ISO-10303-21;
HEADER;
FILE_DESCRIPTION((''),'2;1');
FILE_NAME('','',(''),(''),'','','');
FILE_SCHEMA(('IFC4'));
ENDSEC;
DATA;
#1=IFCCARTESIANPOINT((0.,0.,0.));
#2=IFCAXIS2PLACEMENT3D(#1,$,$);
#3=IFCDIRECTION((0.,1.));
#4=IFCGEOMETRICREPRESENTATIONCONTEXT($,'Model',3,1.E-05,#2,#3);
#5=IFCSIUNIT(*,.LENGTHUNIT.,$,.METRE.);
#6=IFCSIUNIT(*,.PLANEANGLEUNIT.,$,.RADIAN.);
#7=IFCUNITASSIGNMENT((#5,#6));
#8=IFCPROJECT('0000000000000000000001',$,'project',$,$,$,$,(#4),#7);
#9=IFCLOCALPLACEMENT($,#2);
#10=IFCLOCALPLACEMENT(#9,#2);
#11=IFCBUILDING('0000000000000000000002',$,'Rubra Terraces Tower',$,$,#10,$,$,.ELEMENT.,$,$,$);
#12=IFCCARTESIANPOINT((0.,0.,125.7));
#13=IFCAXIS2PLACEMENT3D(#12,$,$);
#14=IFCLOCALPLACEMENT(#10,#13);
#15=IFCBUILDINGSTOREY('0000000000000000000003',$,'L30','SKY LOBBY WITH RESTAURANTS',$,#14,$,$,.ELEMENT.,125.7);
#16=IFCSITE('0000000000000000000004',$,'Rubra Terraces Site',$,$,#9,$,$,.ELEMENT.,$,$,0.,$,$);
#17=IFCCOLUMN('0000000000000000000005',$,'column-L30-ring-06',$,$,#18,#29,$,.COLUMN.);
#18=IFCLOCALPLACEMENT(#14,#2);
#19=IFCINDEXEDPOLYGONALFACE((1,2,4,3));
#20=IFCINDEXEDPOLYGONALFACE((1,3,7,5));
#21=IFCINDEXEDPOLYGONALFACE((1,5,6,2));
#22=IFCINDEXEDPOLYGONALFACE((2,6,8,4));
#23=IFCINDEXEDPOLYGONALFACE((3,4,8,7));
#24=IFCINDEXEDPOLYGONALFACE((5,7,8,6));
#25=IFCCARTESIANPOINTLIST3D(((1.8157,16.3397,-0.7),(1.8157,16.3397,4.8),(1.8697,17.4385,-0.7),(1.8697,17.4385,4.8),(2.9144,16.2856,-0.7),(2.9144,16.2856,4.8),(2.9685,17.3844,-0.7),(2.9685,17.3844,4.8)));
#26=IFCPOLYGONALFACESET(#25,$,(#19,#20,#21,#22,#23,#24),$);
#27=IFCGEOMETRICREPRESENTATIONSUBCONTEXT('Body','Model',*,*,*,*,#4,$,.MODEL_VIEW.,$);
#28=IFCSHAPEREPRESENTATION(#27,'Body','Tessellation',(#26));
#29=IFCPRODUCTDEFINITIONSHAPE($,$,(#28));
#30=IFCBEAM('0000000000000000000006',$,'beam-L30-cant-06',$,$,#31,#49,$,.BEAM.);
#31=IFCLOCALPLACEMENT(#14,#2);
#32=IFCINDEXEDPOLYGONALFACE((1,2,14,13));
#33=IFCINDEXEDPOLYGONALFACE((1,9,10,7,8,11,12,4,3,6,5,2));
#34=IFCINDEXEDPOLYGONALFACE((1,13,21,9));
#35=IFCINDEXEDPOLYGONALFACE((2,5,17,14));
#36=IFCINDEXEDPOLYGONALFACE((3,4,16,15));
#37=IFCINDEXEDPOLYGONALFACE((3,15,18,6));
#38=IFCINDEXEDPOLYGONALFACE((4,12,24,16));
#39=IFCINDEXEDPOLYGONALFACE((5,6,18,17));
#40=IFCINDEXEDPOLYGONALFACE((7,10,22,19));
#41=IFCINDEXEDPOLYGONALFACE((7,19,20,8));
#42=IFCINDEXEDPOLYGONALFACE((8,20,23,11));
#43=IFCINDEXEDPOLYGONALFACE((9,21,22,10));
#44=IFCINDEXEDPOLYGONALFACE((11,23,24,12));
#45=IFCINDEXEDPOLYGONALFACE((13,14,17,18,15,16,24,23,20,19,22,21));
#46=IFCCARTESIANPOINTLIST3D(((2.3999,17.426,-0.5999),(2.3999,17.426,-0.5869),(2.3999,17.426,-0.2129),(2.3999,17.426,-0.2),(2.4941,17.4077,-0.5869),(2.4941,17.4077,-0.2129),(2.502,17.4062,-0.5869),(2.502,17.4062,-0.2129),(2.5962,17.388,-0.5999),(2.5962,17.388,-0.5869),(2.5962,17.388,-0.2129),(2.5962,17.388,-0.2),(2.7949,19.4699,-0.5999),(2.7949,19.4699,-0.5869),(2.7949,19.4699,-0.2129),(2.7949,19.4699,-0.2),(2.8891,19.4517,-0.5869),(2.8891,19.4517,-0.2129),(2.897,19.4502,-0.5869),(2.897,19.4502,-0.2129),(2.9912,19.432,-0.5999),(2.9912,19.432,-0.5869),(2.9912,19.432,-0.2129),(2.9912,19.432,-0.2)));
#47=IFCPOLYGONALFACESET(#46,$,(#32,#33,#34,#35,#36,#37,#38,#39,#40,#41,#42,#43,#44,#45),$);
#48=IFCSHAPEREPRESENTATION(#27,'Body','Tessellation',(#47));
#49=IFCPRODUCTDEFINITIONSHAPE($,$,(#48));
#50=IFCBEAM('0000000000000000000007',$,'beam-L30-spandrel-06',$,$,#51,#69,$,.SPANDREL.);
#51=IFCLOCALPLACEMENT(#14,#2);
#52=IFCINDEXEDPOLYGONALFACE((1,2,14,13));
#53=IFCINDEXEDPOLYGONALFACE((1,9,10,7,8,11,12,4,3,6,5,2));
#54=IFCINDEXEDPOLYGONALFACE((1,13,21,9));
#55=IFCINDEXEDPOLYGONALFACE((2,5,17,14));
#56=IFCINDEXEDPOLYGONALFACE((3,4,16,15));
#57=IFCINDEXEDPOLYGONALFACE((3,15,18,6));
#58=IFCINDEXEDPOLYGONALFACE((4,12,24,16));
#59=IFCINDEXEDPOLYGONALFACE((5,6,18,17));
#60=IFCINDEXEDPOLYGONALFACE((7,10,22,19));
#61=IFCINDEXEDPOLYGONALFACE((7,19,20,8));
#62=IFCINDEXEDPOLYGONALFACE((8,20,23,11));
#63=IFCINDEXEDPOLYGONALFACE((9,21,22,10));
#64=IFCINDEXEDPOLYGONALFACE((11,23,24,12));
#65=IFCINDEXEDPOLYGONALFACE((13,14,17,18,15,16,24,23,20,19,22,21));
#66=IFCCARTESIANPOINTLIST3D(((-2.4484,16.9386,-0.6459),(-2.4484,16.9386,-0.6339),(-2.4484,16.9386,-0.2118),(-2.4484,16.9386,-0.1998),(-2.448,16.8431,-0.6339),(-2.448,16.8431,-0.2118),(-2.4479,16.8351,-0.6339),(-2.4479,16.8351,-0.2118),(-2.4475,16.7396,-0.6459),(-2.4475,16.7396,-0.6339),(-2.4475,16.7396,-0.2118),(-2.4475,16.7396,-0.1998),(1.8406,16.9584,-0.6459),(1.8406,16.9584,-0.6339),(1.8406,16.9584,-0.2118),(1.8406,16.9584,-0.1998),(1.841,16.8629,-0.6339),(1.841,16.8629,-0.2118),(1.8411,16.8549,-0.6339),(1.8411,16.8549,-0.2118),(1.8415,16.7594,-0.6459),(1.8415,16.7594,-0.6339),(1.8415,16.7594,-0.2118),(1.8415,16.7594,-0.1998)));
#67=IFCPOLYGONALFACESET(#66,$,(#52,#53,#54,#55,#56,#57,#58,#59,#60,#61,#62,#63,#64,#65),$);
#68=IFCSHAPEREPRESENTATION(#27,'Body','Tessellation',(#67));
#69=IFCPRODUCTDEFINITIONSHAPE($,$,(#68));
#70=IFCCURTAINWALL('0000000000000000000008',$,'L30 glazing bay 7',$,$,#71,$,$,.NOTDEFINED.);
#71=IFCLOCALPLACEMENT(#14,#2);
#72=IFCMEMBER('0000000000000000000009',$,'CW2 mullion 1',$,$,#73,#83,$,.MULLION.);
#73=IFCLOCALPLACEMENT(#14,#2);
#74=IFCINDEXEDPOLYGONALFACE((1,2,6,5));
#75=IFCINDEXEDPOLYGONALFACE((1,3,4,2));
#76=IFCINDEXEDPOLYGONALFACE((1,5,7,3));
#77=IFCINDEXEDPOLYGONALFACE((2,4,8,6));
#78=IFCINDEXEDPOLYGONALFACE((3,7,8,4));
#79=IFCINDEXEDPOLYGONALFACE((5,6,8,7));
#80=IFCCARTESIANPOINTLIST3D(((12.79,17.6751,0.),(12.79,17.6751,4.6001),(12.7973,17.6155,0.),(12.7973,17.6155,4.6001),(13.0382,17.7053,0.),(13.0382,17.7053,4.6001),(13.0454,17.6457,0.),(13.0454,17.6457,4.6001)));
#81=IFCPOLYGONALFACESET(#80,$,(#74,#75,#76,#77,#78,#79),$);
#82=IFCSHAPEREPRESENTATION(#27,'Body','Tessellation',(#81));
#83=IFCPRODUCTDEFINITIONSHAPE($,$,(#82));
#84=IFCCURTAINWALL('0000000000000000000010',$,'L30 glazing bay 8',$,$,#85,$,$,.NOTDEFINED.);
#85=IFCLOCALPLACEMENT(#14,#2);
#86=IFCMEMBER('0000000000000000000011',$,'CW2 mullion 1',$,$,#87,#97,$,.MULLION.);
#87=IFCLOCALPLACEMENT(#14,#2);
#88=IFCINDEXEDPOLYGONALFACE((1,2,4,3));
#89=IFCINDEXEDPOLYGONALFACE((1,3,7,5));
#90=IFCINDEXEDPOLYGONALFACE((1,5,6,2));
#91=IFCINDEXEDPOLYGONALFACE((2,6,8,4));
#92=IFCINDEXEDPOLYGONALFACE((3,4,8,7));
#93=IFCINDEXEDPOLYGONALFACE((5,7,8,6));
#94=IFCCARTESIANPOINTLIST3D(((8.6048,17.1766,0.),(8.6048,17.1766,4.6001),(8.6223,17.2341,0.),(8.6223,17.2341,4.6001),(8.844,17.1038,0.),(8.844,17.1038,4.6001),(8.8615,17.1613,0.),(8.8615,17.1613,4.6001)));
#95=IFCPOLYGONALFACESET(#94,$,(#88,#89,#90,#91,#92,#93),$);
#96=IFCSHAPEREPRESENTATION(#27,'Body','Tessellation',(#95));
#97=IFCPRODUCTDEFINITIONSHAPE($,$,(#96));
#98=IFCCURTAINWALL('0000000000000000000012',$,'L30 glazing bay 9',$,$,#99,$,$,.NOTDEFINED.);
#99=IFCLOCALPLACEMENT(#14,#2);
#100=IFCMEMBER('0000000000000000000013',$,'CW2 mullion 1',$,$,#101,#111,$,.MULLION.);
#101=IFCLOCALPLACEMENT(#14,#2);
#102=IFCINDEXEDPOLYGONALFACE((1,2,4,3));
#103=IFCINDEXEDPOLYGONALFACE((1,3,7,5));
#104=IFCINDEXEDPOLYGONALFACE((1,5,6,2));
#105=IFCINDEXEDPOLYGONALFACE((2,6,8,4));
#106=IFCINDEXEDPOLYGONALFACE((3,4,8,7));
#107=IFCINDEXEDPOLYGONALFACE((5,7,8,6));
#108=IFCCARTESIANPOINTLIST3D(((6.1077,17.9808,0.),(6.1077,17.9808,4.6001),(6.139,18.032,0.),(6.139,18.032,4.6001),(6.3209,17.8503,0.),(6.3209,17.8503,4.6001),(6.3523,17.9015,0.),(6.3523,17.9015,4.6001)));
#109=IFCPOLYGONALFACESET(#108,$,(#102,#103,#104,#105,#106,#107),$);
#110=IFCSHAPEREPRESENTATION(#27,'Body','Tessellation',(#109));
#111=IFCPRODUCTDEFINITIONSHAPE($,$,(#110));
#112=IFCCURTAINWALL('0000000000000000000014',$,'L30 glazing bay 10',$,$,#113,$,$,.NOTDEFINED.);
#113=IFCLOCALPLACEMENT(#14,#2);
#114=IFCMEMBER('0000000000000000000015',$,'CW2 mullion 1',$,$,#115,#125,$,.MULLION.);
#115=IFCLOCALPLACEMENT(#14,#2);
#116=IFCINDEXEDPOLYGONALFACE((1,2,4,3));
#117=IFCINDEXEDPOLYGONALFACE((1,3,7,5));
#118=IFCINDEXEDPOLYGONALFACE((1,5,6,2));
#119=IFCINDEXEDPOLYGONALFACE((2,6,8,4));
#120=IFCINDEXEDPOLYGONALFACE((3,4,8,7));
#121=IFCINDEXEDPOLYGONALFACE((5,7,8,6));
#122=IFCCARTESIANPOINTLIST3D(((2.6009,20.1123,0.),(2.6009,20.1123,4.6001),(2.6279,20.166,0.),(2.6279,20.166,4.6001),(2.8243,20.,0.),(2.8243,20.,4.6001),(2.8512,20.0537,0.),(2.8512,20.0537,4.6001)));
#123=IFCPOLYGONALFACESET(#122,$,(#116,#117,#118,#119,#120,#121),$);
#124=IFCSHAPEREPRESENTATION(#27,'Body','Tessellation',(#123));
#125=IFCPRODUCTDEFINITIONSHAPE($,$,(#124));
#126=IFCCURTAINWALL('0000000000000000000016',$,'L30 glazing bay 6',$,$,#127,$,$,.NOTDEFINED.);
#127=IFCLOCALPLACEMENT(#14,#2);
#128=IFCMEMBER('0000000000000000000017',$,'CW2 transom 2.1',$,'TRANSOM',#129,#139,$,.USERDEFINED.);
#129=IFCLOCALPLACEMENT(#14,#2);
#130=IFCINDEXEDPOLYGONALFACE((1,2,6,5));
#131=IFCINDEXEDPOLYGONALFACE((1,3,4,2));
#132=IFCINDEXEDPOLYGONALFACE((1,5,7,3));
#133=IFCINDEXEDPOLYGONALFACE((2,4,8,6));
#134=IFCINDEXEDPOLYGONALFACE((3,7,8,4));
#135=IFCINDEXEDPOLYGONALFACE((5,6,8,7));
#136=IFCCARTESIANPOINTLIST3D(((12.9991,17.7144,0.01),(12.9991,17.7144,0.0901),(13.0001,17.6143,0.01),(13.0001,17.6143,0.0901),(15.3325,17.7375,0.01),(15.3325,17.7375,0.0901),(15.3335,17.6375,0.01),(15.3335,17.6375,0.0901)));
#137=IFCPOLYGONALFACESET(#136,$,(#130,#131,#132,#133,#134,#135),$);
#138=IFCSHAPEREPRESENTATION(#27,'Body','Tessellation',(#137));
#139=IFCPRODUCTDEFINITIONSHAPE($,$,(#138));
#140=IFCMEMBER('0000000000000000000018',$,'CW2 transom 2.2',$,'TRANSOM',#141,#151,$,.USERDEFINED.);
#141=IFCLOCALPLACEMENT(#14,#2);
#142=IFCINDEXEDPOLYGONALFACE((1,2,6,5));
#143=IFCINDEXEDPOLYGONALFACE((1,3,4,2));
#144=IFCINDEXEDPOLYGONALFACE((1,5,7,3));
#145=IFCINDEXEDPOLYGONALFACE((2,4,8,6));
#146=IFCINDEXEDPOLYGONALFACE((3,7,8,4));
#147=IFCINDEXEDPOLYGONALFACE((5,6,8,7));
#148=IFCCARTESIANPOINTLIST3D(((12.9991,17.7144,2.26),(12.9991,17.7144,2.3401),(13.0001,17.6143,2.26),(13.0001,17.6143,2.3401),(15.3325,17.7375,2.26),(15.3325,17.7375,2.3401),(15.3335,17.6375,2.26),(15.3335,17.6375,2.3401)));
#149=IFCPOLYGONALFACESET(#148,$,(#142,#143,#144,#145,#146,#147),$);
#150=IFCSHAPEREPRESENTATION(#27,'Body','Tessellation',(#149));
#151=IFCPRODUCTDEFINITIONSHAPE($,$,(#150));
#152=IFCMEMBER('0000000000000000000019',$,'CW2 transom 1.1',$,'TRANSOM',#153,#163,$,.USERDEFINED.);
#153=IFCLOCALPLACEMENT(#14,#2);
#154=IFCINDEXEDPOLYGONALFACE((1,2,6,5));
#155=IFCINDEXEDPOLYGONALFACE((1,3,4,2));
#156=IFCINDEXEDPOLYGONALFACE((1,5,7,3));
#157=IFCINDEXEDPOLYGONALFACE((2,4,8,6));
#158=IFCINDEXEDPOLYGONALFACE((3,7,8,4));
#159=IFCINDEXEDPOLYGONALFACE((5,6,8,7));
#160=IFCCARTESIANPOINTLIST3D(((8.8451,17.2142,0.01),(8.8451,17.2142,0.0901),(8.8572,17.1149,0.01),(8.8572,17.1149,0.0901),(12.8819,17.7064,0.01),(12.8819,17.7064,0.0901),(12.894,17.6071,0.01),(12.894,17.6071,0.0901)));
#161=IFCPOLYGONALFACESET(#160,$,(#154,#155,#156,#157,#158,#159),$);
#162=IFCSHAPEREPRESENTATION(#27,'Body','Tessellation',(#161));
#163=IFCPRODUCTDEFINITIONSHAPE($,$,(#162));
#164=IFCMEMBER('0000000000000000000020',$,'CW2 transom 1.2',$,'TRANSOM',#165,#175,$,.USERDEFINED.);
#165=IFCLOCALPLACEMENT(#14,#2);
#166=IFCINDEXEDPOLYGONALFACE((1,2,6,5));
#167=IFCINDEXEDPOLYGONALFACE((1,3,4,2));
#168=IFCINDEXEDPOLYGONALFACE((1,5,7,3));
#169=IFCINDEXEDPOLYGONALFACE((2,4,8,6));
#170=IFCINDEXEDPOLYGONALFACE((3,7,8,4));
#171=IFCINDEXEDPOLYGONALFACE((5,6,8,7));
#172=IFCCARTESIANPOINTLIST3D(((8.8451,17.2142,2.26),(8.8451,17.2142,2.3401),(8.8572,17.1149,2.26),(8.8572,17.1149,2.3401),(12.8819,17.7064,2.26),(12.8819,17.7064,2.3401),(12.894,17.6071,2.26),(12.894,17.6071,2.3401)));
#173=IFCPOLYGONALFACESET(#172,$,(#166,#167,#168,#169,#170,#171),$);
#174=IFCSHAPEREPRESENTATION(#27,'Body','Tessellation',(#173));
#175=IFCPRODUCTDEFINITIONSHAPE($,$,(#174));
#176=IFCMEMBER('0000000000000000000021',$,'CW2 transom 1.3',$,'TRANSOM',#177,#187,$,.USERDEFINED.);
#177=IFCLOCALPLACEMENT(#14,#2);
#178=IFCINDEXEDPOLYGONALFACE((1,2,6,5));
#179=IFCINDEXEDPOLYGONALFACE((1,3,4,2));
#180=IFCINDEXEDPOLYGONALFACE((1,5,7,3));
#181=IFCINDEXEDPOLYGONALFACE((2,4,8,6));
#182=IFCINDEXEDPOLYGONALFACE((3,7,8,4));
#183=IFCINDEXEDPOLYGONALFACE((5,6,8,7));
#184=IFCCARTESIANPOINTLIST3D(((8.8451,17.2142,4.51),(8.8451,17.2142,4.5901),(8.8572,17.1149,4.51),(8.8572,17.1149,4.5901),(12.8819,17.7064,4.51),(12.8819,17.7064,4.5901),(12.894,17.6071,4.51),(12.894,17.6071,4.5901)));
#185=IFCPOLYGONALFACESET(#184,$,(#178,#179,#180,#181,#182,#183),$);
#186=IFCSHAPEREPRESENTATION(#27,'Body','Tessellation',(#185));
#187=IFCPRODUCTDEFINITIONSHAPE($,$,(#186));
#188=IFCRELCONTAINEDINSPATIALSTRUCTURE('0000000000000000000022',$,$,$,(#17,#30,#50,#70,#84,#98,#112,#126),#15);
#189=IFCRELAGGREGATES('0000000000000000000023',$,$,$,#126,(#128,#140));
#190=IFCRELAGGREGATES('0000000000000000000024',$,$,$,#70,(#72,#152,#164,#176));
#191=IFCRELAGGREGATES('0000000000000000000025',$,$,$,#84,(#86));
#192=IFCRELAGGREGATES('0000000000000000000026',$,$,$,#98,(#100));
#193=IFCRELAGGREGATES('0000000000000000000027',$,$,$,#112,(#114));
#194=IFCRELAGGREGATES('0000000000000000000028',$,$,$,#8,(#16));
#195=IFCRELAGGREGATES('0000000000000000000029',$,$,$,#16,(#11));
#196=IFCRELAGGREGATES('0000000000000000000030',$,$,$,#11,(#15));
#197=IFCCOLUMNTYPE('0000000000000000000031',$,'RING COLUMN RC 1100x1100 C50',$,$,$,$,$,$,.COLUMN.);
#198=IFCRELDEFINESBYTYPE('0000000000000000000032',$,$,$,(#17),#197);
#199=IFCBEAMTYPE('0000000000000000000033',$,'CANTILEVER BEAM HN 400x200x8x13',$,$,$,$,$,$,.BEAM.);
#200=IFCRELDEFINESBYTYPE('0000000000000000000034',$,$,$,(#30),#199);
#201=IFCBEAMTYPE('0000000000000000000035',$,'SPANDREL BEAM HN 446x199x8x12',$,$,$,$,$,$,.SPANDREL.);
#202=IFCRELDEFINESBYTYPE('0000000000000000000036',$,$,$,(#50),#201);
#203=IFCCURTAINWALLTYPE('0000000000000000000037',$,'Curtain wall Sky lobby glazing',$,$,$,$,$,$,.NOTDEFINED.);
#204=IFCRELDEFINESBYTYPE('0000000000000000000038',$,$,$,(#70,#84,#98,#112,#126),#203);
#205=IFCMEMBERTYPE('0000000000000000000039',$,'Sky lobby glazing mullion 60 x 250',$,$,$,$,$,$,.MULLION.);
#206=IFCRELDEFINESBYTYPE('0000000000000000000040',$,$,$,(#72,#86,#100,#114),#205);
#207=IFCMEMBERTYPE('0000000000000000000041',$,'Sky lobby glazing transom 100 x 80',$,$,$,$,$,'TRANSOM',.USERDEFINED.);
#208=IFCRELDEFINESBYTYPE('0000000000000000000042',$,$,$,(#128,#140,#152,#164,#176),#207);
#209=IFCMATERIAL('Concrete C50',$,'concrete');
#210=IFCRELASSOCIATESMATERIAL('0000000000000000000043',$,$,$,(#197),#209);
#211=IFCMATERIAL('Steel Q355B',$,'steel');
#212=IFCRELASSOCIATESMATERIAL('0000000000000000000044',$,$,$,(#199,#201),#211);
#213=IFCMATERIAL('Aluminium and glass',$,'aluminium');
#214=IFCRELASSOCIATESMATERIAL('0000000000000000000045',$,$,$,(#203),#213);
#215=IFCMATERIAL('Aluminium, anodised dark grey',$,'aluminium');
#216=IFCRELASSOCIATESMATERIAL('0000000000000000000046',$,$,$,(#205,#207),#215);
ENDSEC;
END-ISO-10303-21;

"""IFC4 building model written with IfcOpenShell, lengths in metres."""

from ifc_helpers import new_model, si_unit, direction, frame, origin, origin_2d, place, context, subcontext, project, spatial, rectangle, i_section, extrude, material, material_profile, profile_set, type_object, element, aggregate, save


model = new_model("IFC4")

# Units and contexts
model_context = context("Model", 3, precision=1e-05, world=origin(), true_north=direction((0.0, 1.0)))
body_context = subcontext(model_context, "Body", "Model", "MODEL_VIEW")
ifc_project = project(units=[si_unit("LENGTHUNIT", "METRE"), si_unit("PLANEANGLEUNIT", "RADIAN")], contexts=[model_context])

# Site, building, storey
site_placement = place(None, origin())
site = spatial("IfcSite", under=ifc_project, at=site_placement, Name="Rubra Terraces Site", CompositionType="ELEMENT", RefElevation=0.0)
building_placement = place(site_placement, origin())
building = spatial("IfcBuilding", under=site, at=building_placement, Name="Rubra Terraces Tower", CompositionType="ELEMENT")
storey_placement = place(building_placement, frame((0.0, 0.0, 125.7)))
storey = spatial("IfcBuildingStorey", under=building, at=storey_placement, Name="L30", Description="SKY LOBBY WITH RESTAURANTS", CompositionType="ELEMENT", Elevation=125.7)

# Column
ifc_material_1 = material(Name="Concrete C50", Category="concrete")
ifc_material_profile_1 = material_profile(ifc_material_1, rectangle(XDim=1.1001, YDim=1.1001, at=origin_2d()), Name="RC 1100x1100")
ifc_profile_set_1 = profile_set([ifc_material_profile_1], Name="Concrete C50")
column_type = type_object("IfcColumnType", Name="RING COLUMN RC 1100x1100 C50", PredefinedType="COLUMN", material=ifc_profile_set_1)
column_placement = place(storey_placement, frame((2.3921, 16.8621, -0.7), z_axis=(0.0, 0.0, 1.0), x_axis=(-0.998791, 0.04915, 0.0)))
element("IfcColumn", 1, at=column_placement, inside=storey, type_object=column_type, Name="column-L30-ring-06", PredefinedType="COLUMN", context=body_context, shape_type="SweptSolid", body=[
    extrude(rectangle(XDim=1.1001, YDim=1.1001, at=origin_2d()), origin(), (0.0, 0.0, 1.0), 5.5),
])

# Beams
ifc_material_2 = material(Name="Steel Q355B", Category="steel")
ifc_material_profile_2 = material_profile(ifc_material_2, i_section(OverallWidth=0.2, OverallDepth=0.3999, WebThickness=0.0081, FlangeThickness=0.0129, at=origin_2d()), Name="HN 400x200x8x13")
ifc_profile_set_2 = profile_set([ifc_material_profile_2], Name="Steel Q355B")
beam_type_1 = type_object("IfcBeamType", Name="CANTILEVER BEAM HN 400x200x8x13", PredefinedType="BEAM", material=ifc_profile_set_2)
beam_1_placement = place(storey_placement, frame((2.498, 17.407, -0.3999), z_axis=(0.189752, 0.981832, 0.0), x_axis=(-0.981832, 0.189752, 0.0)))
element("IfcBeam", 2, at=beam_1_placement, inside=storey, type_object=beam_type_1, Name="beam-L30-cant-06", PredefinedType="BEAM", context=body_context, shape_type="SweptSolid", body=[
    extrude(i_section(OverallWidth=0.2, OverallDepth=0.3999, WebThickness=0.0081, FlangeThickness=0.0129, at=origin_2d()), origin(), (0.0, 0.0, 1.0), 2.0818),
])
ifc_material_profile_3 = material_profile(ifc_material_2, i_section(OverallWidth=0.199, OverallDepth=0.446, WebThickness=0.0081, FlangeThickness=0.012, at=origin_2d()), Name="HN 446x199x8x12")
ifc_profile_set_3 = profile_set([ifc_material_profile_3], Name="Steel Q355B")
beam_type_2 = type_object("IfcBeamType", Name="SPANDREL BEAM HN 446x199x8x12", PredefinedType="SPANDREL", material=ifc_profile_set_3)
beam_2_placement = place(storey_placement, frame((1.8411, 16.8589, -0.4229), z_axis=(-0.999989, -0.004611, 0.0), x_axis=(0.004611, -0.999989, 0.0)))
element("IfcBeam", 3, at=beam_2_placement, inside=storey, type_object=beam_type_2, Name="beam-L30-spandrel-06", PredefinedType="SPANDREL", context=body_context, shape_type="SweptSolid", body=[
    extrude(i_section(OverallWidth=0.199, OverallDepth=0.446, WebThickness=0.0081, FlangeThickness=0.012, at=origin_2d()), origin(), (0.0, 0.0, 1.0), 4.2891),
])

# Curtain walls, members
ifc_material_3 = material(Name="Aluminium and glass", Category="aluminium")
curtain_wall_type = type_object("IfcCurtainWallType", Name="Curtain wall Sky lobby glazing", PredefinedType="NOTDEFINED", material=ifc_material_3)
curtain_wall_1_placement = place(storey_placement, origin())
curtain_wall_1 = element("IfcCurtainWall", 4, at=curtain_wall_1_placement, inside=storey, type_object=curtain_wall_type, Name="L30 glazing bay 7", PredefinedType="NOTDEFINED")
ifc_material_4 = material(Name="Aluminium, anodised dark grey", Category="aluminium")
ifc_material_profile_4 = material_profile(ifc_material_4, rectangle(XDim=0.0601, YDim=0.25, at=origin_2d()), Name="AL 60x250")
ifc_profile_set_4 = profile_set([ifc_material_profile_4], Name="Aluminium, anodised dark grey")
member_type_1 = type_object("IfcMemberType", Name="Sky lobby glazing mullion 60 x 250", PredefinedType="MULLION", material=ifc_profile_set_4)
member_1_placement = place(storey_placement, frame((12.9177, 17.6604, 0.0), z_axis=(0.0, 0.0, 1.0), x_axis=(0.121024, -0.99265, 0.0)))
member_1 = element("IfcMember", 5, at=member_1_placement, type_object=member_type_1, Name="CW2 mullion 1", PredefinedType="MULLION", context=body_context, shape_type="SweptSolid", body=[
    extrude(rectangle(XDim=0.0601, YDim=0.25, at=origin_2d()), origin(), (0.0, 0.0, 1.0), 4.6001),
])
curtain_wall_2_placement = place(storey_placement, origin())
curtain_wall_2 = element("IfcCurtainWall", 6, at=curtain_wall_2_placement, inside=storey, type_object=curtain_wall_type, Name="L30 glazing bay 8", PredefinedType="NOTDEFINED")
member_2_placement = place(storey_placement, frame((8.7332, 17.1689, 0.0), z_axis=(0.0, 0.0, 1.0), x_axis=(-0.291224, -0.956655, 0.0)))
member_2 = element("IfcMember", 7, at=member_2_placement, type_object=member_type_1, Name="CW2 mullion 1", PredefinedType="MULLION", context=body_context, shape_type="SweptSolid", body=[
    extrude(rectangle(XDim=0.0601, YDim=0.25, at=origin_2d()), origin(), (0.0, 0.0, 1.0), 4.6001),
])
curtain_wall_3_placement = place(storey_placement, origin())
curtain_wall_3 = element("IfcCurtainWall", 8, at=curtain_wall_3_placement, inside=storey, type_object=curtain_wall_type, Name="L30 glazing bay 9", PredefinedType="NOTDEFINED")
member_3_placement = place(storey_placement, frame((6.23, 17.9412, 0.0), z_axis=(0.0, 0.0, 1.0), x_axis=(-0.522031, -0.852926, 0.0)))
member_3 = element("IfcMember", 9, at=member_3_placement, type_object=member_type_1, Name="CW2 mullion 1", PredefinedType="MULLION", context=body_context, shape_type="SweptSolid", body=[
    extrude(rectangle(XDim=0.0601, YDim=0.25, at=origin_2d()), origin(), (0.0, 0.0, 1.0), 4.6001),
])
curtain_wall_4_placement = place(storey_placement, origin())
curtain_wall_4 = element("IfcCurtainWall", 10, at=curtain_wall_4_placement, inside=storey, type_object=curtain_wall_type, Name="L30 glazing bay 10", PredefinedType="NOTDEFINED")
member_4_placement = place(storey_placement, frame((2.7261, 20.083, 0.0), z_axis=(0.0, 0.0, 1.0), x_axis=(-0.449021, -0.893521, 0.0)))
member_4 = element("IfcMember", 11, at=member_4_placement, type_object=member_type_1, Name="CW2 mullion 1", PredefinedType="MULLION", context=body_context, shape_type="SweptSolid", body=[
    extrude(rectangle(XDim=0.0601, YDim=0.25, at=origin_2d()), origin(), (0.0, 0.0, 1.0), 4.6001),
])

# Curtain wall, members
curtain_wall_5_placement = place(storey_placement, origin())
curtain_wall_5 = element("IfcCurtainWall", 12, at=curtain_wall_5_placement, inside=storey, type_object=curtain_wall_type, Name="L30 glazing bay 6", PredefinedType="NOTDEFINED")
ifc_material_profile_5 = material_profile(ifc_material_4, rectangle(XDim=0.1001, YDim=0.0801, at=origin_2d()), Name="AL 100x80")
ifc_profile_set_5 = profile_set([ifc_material_profile_5], Name="Aluminium, anodised dark grey")
member_type_2 = type_object("IfcMemberType", Name="Sky lobby glazing transom 100 x 80", ElementType="TRANSOM", PredefinedType="USERDEFINED", material=ifc_profile_set_5)
member_5_placement = place(storey_placement, frame((15.333, 17.6875, 0.05), z_axis=(-0.999951, -0.009939, 0.0), x_axis=(0.009939, -0.999951, 0.0)))
member_5 = element("IfcMember", 13, at=member_5_placement, type_object=member_type_2, Name="CW2 transom 2.1", ObjectType="TRANSOM", PredefinedType="USERDEFINED", context=body_context, shape_type="SweptSolid", body=[
    extrude(rectangle(XDim=0.1001, YDim=0.0801, at=origin_2d()), origin(), (0.0, 0.0, 1.0), 2.3335),
])
member_6_placement = place(storey_placement, frame((15.333, 17.6875, 2.3), z_axis=(-0.999951, -0.009939, 0.0), x_axis=(0.009939, -0.999951, 0.0)))
member_6 = element("IfcMember", 14, at=member_6_placement, type_object=member_type_2, Name="CW2 transom 2.2", ObjectType="TRANSOM", PredefinedType="USERDEFINED", context=body_context, shape_type="SweptSolid", body=[
    extrude(rectangle(XDim=0.1001, YDim=0.0801, at=origin_2d()), origin(), (0.0, 0.0, 1.0), 2.3335),
])

# Members
member_7_placement = place(storey_placement, frame((12.8879, 17.6567, 0.05), z_axis=(-0.992649, -0.121027, 0.0), x_axis=(0.121027, -0.992649, 0.0)))
member_7 = element("IfcMember", 15, at=member_7_placement, type_object=member_type_2, Name="CW2 transom 1.1", ObjectType="TRANSOM", PredefinedType="USERDEFINED", context=body_context, shape_type="SweptSolid", body=[
    extrude(rectangle(XDim=0.1001, YDim=0.0801, at=origin_2d()), origin(), (0.0, 0.0, 1.0), 4.0667),
])
member_8_placement = place(storey_placement, frame((12.8879, 17.6567, 2.3), z_axis=(-0.992649, -0.121027, 0.0), x_axis=(0.121027, -0.992649, 0.0)))
member_8 = element("IfcMember", 16, at=member_8_placement, type_object=member_type_2, Name="CW2 transom 1.2", ObjectType="TRANSOM", PredefinedType="USERDEFINED", context=body_context, shape_type="SweptSolid", body=[
    extrude(rectangle(XDim=0.1001, YDim=0.0801, at=origin_2d()), origin(), (0.0, 0.0, 1.0), 4.0667),
])
member_9_placement = place(storey_placement, frame((12.8879, 17.6567, 4.55), z_axis=(-0.992649, -0.121027, 0.0), x_axis=(0.121027, -0.992649, 0.0)))
member_9 = element("IfcMember", 17, at=member_9_placement, type_object=member_type_2, Name="CW2 transom 1.3", ObjectType="TRANSOM", PredefinedType="USERDEFINED", context=body_context, shape_type="SweptSolid", body=[
    extrude(rectangle(XDim=0.1001, YDim=0.0801, at=origin_2d()), origin(), (0.0, 0.0, 1.0), 4.0667),
])

aggregate(curtain_wall_5, [member_5, member_6])
aggregate(curtain_wall_1, [member_1, member_7, member_8, member_9])
aggregate(curtain_wall_2, [member_2])
aggregate(curtain_wall_3, [member_3])
aggregate(curtain_wall_4, [member_4])

save(model, "model.ifc")
